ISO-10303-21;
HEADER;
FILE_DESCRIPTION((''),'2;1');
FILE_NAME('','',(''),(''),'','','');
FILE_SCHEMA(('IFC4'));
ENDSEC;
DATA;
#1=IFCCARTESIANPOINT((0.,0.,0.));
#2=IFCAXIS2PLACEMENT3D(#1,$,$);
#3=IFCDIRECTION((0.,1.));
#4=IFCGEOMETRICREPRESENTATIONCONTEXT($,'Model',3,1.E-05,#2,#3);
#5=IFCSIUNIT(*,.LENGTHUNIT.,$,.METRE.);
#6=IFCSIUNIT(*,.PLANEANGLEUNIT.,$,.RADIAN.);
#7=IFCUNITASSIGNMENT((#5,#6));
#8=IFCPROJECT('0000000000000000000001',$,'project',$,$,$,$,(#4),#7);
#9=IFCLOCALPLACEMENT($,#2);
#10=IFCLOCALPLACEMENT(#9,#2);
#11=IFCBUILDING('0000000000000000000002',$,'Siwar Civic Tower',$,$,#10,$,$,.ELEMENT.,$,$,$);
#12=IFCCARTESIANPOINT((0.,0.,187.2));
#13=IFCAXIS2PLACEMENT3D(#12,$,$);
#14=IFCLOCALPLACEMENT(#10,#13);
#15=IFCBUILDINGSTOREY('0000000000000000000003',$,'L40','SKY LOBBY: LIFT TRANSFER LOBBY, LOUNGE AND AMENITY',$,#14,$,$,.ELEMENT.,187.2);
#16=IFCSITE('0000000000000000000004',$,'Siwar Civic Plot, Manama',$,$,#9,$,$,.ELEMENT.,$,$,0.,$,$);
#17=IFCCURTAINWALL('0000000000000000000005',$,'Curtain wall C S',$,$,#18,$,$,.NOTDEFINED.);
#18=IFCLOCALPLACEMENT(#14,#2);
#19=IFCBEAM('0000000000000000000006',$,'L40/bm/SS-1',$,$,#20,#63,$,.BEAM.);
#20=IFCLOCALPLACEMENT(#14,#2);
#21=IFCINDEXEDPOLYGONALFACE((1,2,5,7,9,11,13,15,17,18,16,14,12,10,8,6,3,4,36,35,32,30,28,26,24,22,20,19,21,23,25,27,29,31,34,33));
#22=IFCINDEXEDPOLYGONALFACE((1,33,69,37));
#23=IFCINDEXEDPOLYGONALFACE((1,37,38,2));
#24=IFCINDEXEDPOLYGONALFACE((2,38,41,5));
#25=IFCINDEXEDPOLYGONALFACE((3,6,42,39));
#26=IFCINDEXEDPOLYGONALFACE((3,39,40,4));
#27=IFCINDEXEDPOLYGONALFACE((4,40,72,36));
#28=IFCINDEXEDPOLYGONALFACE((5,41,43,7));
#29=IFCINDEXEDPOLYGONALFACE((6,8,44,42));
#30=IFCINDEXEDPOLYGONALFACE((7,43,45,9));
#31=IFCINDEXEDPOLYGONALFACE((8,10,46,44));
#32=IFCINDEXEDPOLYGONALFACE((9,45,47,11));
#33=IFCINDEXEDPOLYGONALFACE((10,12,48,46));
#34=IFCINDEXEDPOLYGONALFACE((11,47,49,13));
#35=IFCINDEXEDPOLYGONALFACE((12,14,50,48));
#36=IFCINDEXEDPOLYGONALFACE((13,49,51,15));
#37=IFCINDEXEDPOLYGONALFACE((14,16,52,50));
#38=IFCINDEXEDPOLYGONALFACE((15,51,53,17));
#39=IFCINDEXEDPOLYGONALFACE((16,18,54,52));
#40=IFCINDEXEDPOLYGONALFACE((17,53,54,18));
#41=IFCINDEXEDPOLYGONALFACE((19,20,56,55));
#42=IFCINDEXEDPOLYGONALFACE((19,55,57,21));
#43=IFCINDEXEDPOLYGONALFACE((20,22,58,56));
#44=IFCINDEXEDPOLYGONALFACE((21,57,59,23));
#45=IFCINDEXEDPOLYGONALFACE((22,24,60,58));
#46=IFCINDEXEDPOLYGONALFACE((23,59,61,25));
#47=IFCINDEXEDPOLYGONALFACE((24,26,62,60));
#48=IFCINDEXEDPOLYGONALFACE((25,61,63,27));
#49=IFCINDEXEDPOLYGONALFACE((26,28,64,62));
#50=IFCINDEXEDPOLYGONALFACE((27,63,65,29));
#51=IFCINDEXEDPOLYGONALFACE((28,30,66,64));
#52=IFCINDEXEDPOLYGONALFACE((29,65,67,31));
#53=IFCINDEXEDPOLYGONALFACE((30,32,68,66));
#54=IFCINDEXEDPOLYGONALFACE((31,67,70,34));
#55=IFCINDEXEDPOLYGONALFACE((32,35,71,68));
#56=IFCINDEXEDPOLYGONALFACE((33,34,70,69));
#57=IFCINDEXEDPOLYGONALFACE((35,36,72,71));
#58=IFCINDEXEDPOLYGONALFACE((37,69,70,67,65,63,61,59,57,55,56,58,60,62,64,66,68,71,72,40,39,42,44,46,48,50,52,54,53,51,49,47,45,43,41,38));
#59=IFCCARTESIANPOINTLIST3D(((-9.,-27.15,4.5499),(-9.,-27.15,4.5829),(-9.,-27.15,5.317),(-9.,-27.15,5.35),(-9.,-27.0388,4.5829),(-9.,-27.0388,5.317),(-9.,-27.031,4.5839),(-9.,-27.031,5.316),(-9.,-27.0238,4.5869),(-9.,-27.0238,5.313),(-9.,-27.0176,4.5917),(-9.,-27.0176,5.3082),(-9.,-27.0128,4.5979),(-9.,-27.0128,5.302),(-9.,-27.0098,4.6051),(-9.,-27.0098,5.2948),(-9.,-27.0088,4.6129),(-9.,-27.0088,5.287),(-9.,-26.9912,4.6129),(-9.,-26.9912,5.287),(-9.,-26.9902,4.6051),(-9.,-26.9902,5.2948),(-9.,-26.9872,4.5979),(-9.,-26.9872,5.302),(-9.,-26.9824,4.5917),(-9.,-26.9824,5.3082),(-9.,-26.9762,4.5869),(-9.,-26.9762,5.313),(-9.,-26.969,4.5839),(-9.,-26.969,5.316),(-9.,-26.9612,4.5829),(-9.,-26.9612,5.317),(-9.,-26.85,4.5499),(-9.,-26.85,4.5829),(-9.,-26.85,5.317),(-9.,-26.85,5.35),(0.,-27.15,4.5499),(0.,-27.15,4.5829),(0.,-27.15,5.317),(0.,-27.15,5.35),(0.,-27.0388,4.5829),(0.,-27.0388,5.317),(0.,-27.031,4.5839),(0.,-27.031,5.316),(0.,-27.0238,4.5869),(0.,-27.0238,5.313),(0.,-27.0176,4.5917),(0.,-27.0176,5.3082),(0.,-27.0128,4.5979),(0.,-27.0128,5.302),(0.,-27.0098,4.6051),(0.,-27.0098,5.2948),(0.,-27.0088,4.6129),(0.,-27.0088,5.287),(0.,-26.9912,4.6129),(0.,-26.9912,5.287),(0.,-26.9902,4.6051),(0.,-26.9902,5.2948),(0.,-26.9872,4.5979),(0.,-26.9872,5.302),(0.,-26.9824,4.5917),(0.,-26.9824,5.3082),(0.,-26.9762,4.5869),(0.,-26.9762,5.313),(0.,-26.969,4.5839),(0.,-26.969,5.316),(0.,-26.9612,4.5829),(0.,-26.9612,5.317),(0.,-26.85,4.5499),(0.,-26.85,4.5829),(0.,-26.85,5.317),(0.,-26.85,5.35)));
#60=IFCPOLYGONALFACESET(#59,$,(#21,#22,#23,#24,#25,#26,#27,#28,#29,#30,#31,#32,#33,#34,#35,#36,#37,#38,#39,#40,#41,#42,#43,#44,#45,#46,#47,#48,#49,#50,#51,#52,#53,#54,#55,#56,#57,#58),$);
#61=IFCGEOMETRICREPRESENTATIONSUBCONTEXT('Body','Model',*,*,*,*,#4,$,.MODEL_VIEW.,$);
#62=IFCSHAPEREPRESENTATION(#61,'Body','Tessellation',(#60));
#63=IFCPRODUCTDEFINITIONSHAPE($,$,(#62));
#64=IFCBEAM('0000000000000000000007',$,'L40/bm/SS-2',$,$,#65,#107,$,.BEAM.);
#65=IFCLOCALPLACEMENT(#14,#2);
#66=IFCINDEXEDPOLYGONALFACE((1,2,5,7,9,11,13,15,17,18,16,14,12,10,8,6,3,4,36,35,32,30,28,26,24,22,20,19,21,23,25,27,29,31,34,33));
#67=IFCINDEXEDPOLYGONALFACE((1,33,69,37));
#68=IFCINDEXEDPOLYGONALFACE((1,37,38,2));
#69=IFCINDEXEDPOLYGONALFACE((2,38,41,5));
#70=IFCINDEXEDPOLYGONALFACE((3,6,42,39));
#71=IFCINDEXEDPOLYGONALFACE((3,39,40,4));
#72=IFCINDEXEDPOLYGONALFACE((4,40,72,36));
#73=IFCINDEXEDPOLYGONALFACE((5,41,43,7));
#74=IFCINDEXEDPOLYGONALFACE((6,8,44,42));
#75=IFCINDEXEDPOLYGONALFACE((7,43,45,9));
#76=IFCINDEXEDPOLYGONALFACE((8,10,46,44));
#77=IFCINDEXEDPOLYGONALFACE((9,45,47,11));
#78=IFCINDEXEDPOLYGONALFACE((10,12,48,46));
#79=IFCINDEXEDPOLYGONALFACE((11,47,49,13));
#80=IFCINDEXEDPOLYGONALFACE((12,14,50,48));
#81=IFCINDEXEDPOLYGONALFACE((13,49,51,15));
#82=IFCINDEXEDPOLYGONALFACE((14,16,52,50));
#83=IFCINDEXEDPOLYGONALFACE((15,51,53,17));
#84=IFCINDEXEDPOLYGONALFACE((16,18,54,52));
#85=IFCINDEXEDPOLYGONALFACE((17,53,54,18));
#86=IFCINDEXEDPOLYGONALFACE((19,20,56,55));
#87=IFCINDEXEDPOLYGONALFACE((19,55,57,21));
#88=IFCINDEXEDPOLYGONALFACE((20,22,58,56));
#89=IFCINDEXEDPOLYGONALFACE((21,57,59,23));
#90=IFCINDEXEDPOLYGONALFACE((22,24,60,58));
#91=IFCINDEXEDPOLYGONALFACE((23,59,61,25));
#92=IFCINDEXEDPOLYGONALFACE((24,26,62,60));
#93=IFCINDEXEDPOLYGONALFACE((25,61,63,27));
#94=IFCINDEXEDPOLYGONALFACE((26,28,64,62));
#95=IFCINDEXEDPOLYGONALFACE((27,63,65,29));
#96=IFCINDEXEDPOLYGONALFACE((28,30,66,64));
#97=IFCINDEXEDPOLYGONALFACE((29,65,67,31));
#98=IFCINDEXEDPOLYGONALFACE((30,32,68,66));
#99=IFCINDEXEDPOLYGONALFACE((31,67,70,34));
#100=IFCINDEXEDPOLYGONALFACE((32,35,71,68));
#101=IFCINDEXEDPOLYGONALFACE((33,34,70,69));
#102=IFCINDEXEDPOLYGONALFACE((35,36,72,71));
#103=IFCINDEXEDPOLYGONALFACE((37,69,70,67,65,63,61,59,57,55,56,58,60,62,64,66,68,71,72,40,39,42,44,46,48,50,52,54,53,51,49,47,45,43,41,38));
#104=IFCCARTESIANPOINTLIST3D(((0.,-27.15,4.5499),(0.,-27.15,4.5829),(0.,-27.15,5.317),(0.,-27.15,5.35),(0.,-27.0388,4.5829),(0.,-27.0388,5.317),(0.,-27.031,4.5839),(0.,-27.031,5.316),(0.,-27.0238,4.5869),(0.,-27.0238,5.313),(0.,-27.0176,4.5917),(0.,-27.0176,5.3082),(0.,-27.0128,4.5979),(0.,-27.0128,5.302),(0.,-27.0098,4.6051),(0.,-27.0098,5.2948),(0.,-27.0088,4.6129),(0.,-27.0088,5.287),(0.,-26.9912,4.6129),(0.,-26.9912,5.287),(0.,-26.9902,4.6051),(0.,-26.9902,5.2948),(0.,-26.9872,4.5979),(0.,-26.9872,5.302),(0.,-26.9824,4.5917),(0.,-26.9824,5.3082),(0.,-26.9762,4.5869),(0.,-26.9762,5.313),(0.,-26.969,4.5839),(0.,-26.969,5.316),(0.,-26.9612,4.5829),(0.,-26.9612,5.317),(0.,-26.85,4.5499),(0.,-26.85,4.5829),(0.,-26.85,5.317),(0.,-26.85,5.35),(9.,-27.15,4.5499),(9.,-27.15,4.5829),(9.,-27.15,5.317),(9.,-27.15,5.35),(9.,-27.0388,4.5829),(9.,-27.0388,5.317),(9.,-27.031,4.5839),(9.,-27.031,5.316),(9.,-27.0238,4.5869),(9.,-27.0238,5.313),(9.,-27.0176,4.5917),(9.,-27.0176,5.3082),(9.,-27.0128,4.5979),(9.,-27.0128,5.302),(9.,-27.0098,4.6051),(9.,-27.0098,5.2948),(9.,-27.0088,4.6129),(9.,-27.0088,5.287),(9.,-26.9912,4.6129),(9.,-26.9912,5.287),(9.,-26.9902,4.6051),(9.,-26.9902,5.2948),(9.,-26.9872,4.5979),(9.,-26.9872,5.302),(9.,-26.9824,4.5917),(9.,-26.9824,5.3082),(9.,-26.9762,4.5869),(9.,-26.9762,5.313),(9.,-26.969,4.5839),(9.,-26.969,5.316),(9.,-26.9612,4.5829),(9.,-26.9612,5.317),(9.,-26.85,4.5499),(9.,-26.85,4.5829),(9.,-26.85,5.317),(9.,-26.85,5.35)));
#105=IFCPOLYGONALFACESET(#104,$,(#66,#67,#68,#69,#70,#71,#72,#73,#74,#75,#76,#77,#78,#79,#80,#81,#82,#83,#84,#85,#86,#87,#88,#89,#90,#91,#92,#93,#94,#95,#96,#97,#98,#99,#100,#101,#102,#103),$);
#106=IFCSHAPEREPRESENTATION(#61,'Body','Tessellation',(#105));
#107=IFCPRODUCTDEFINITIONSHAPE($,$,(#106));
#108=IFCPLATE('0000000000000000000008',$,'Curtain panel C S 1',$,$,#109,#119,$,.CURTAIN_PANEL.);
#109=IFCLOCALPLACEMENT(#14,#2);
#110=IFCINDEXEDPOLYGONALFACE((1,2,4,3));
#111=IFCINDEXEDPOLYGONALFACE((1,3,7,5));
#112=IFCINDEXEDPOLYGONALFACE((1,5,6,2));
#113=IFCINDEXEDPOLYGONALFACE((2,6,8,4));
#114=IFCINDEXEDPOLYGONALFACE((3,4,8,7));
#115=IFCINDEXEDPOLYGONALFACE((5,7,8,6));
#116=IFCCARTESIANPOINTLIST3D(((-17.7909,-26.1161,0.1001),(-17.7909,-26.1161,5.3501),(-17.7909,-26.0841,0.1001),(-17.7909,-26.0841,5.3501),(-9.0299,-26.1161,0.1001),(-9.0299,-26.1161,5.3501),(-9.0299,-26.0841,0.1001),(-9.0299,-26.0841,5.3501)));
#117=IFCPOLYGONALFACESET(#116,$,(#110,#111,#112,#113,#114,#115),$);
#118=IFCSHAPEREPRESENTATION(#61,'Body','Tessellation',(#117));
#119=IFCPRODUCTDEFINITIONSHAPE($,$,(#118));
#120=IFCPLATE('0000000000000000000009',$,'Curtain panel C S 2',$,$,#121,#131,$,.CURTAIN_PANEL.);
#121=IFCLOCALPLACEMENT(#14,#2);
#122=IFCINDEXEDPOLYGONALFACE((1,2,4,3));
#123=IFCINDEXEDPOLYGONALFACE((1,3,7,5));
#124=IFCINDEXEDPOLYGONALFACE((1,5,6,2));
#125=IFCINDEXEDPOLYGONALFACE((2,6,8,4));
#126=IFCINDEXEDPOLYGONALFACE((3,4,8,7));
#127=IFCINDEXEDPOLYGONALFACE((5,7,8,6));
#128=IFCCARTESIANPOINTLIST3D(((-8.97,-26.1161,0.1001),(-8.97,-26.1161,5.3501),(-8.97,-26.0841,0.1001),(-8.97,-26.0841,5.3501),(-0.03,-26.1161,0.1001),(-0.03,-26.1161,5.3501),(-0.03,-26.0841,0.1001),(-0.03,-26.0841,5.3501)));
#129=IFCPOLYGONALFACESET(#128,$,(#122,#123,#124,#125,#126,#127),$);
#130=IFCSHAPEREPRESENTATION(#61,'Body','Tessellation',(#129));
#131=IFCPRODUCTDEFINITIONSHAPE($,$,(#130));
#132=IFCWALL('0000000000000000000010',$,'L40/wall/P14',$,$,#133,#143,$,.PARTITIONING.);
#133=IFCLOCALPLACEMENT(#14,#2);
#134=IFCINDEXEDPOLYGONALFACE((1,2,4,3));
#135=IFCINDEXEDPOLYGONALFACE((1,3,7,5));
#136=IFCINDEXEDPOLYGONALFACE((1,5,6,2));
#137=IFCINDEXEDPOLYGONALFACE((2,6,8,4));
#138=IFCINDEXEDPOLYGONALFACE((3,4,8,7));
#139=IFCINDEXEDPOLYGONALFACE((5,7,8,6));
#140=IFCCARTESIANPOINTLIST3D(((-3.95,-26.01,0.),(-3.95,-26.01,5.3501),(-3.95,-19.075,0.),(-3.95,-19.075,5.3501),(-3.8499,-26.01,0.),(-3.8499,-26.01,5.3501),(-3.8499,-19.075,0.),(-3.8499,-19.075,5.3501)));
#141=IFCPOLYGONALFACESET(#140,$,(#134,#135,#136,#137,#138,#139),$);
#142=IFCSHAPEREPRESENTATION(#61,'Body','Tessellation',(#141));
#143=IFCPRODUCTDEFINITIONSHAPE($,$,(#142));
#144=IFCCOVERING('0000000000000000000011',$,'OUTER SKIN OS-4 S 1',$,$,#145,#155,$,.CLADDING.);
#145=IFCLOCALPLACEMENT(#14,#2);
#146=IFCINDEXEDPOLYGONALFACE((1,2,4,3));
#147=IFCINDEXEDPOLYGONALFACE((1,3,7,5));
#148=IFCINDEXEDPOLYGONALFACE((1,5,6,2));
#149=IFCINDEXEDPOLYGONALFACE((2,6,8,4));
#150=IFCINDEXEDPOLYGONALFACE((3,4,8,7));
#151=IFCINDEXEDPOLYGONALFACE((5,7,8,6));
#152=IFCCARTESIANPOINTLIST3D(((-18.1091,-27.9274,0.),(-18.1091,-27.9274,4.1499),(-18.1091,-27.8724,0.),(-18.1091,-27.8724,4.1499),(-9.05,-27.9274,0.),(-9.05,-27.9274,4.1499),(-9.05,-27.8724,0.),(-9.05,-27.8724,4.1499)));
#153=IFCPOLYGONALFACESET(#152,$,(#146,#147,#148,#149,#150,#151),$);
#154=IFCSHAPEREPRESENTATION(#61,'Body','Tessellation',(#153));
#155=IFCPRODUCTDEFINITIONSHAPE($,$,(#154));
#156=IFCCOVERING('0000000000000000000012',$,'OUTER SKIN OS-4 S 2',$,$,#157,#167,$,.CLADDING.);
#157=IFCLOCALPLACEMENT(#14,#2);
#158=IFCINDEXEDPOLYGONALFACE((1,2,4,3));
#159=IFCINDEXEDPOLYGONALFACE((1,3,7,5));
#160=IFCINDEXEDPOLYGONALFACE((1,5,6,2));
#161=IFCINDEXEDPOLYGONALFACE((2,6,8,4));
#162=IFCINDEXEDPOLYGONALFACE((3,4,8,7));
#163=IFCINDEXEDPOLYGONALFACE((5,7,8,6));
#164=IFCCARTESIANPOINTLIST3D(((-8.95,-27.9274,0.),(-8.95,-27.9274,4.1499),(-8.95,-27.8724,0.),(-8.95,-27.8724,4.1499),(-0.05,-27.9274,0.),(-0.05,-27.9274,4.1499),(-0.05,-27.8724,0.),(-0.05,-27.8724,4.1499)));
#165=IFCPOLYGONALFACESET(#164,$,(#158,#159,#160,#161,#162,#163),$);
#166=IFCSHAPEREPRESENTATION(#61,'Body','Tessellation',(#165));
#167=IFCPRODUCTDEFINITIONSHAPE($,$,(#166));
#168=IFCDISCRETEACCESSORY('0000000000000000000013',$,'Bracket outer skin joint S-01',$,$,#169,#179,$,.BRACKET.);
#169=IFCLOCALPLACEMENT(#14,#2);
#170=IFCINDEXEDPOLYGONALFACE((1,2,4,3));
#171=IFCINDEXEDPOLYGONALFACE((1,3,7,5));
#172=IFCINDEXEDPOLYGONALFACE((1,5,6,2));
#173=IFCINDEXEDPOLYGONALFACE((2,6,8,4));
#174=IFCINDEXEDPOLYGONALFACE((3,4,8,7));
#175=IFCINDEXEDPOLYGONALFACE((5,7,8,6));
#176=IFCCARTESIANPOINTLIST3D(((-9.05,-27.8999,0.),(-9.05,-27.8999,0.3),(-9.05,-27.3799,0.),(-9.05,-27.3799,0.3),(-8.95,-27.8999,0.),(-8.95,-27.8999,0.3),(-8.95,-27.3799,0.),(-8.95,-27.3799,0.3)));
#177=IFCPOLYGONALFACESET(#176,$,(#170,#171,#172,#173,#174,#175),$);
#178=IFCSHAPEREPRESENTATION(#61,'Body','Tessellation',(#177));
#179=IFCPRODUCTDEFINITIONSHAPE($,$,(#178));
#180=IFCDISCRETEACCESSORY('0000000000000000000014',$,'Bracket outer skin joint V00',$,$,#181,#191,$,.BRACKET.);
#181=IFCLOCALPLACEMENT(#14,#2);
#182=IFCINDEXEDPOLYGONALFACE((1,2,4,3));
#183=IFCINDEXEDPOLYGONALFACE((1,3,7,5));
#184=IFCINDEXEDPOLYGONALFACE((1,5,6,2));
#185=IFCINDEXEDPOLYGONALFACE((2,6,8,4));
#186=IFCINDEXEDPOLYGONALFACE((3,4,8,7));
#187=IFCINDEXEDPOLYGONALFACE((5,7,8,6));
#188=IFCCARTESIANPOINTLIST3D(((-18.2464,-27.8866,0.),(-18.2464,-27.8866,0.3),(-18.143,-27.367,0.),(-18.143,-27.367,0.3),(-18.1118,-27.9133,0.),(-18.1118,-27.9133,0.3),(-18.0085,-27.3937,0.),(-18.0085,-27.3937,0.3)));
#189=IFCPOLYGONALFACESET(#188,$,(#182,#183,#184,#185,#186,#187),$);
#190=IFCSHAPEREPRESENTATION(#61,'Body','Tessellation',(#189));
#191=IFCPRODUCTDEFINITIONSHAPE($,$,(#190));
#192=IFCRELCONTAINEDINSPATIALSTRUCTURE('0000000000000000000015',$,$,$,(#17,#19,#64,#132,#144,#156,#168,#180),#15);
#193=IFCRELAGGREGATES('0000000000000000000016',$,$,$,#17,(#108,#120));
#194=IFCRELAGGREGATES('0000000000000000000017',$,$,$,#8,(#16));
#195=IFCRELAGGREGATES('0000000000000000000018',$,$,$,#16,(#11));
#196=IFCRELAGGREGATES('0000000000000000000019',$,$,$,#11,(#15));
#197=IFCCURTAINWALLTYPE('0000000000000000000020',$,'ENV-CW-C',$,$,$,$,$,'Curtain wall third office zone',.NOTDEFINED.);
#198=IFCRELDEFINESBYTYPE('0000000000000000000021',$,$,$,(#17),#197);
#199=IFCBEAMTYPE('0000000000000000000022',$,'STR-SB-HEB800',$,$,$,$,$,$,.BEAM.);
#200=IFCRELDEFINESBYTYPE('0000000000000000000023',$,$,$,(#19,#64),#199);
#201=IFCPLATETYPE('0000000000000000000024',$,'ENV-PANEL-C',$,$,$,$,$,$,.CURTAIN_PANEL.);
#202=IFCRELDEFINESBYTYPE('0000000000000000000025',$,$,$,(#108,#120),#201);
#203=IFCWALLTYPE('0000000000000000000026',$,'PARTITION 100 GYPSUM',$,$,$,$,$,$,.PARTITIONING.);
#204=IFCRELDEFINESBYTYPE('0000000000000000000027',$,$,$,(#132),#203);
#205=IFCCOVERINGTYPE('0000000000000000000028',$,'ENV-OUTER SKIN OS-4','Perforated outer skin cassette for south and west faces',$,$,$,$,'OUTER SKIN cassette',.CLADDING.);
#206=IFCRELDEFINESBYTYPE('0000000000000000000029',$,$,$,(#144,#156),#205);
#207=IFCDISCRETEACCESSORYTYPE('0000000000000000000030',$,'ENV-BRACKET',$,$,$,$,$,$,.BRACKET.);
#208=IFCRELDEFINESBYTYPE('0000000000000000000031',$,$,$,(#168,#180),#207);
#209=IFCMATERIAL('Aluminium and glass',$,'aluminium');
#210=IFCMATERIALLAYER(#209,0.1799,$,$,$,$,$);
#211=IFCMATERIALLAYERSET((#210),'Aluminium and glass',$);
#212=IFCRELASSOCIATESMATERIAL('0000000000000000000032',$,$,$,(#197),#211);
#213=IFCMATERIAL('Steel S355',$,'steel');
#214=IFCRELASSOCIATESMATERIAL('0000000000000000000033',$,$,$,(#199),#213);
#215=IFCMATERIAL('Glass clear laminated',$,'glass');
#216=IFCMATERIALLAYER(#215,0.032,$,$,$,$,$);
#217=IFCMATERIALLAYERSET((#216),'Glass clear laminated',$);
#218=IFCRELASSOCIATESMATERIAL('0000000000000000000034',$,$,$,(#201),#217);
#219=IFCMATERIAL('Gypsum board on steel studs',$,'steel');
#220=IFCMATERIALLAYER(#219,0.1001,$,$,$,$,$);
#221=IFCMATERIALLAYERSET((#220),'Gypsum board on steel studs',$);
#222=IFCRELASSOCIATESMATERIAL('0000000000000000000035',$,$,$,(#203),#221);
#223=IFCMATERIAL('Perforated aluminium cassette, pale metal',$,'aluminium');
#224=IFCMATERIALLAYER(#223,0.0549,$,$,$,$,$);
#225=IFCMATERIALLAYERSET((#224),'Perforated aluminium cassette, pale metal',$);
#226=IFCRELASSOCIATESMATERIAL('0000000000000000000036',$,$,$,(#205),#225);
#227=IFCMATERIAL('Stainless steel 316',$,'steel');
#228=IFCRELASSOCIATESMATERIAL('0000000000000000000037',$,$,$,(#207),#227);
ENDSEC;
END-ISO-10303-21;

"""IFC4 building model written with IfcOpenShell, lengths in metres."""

from ifc_helpers import new_model, si_unit, direction, frame, frame_2d, origin, origin_2d, place, context, subcontext, project, spatial, rectangle, i_section, extrude, material, layer, layer_set, material_profile, profile_set, type_object, element, aggregate, save


model = new_model("IFC4")

# Units and contexts
model_context = context("Model", 3, precision=1e-05, world=origin(), true_north=direction((0.0, 1.0)))
body_context = subcontext(model_context, "Body", "Model", "MODEL_VIEW")
ifc_project = project(units=[si_unit("LENGTHUNIT", "METRE"), si_unit("PLANEANGLEUNIT", "RADIAN")], contexts=[model_context])

# Site, building, storey
site_placement = place(None, origin())
site = spatial("IfcSite", under=ifc_project, at=site_placement, Name="Siwar Civic Plot, Manama", CompositionType="ELEMENT", RefElevation=0.0)
building_placement = place(site_placement, origin())
building = spatial("IfcBuilding", under=site, at=building_placement, Name="Siwar Civic Tower", CompositionType="ELEMENT")
storey_placement = place(building_placement, frame((0.0, 0.0, 187.2)))
storey = spatial("IfcBuildingStorey", under=building, at=storey_placement, Name="L40", Description="SKY LOBBY: LIFT TRANSFER LOBBY, LOUNGE AND AMENITY", CompositionType="ELEMENT", Elevation=187.2)

# Curtain wall
ifc_material_1 = material(Name="Aluminium and glass", Category="aluminium")
ifc_layer_1 = layer(ifc_material_1, 0.1799)
ifc_layer_set_1 = layer_set([ifc_layer_1], Name="Aluminium and glass")
curtain_wall_type = type_object("IfcCurtainWallType", Name="ENV-CW-C", ElementType="Curtain wall third office zone", PredefinedType="NOTDEFINED", material=ifc_layer_set_1)
curtain_wall_placement = place(storey_placement, origin())
curtain_wall = element("IfcCurtainWall", 1, at=curtain_wall_placement, inside=storey, type_object=curtain_wall_type, Name="Curtain wall C S", PredefinedType="NOTDEFINED")

# Beams
ifc_material_2 = material(Name="Steel S355", Category="steel")
ifc_material_profile_1 = material_profile(ifc_material_2, i_section(OverallWidth=0.3, OverallDepth=0.8, WebThickness=0.0176, FlangeThickness=0.033, FilletRadius=0.03, at=origin_2d()), Name="HEB800")
ifc_profile_set_1 = profile_set([ifc_material_profile_1], Name="Steel S355")
beam_type_1 = type_object("IfcBeamType", Name="STR-SB-HEB800", PredefinedType="BEAM", material=ifc_profile_set_1)
for number, where, z_axis, x_axis, name in (
    (2, (-9.0, -27.0, 4.95), (1.0, 0.0, 0.0), (0.0, 1.0, 0.0), "L40/bm/SS-1"),
    (3, (0.0, -27.0, 4.95), (1.0, 0.0, 0.0), (0.0, 1.0, 0.0), "L40/bm/SS-2"),
):
    element("IfcBeam", number, at=place(storey_placement, frame(where, z_axis=z_axis, x_axis=x_axis)), inside=storey, type_object=beam_type_1, Name=name, PredefinedType="BEAM", context=body_context, shape_type="SweptSolid", body=[
        extrude(i_section(OverallWidth=0.3, OverallDepth=0.8, WebThickness=0.0176, FlangeThickness=0.033, FilletRadius=0.03, at=origin_2d()), origin(), (0.0, 0.0, 1.0), 9.0),
    ])

# Plates
ifc_material_3 = material(Name="Glass clear laminated", Category="glass")
ifc_layer_2 = layer(ifc_material_3, 0.032)
ifc_layer_set_2 = layer_set([ifc_layer_2], Name="Glass clear laminated")
plate_type = type_object("IfcPlateType", Name="ENV-PANEL-C", PredefinedType="CURTAIN_PANEL", material=ifc_layer_set_2)
plate_1_placement = place(storey_placement, frame((-13.4104, -26.1001, 0.1001), z_axis=(0.0, 0.0, 1.0), x_axis=(1.0, 0.0, 0.0)))
plate_1 = element("IfcPlate", 4, at=plate_1_placement, type_object=plate_type, Name="Curtain panel C S 1", PredefinedType="CURTAIN_PANEL", context=body_context, shape_type="SweptSolid", body=[
    extrude(rectangle(XDim=8.761, YDim=0.032, at=origin_2d()), origin(), (0.0, 0.0, 1.0), 5.25),
])
plate_2_placement = place(storey_placement, frame((-4.5, -26.1001, 0.1001), z_axis=(0.0, 0.0, 1.0), x_axis=(1.0, 0.0, 0.0)))
plate_2 = element("IfcPlate", 5, at=plate_2_placement, type_object=plate_type, Name="Curtain panel C S 2", PredefinedType="CURTAIN_PANEL", context=body_context, shape_type="SweptSolid", body=[
    extrude(rectangle(XDim=8.9399, YDim=0.032, at=origin_2d()), origin(), (0.0, 0.0, 1.0), 5.25),
])
aggregate(curtain_wall, [plate_1, plate_2])

# Wall
ifc_material_4 = material(Name="Gypsum board on steel studs", Category="steel")
ifc_layer_3 = layer(ifc_material_4, 0.1001)
ifc_layer_set_3 = layer_set([ifc_layer_3], Name="Gypsum board on steel studs")
wall_type = type_object("IfcWallType", Name="PARTITION 100 GYPSUM", PredefinedType="PARTITIONING", material=ifc_layer_set_3)
wall_placement = place(storey_placement, frame((-3.8999, -26.01, 0.0), z_axis=(0.0, 0.0, 1.0), x_axis=(0.0, 1.0, 0.0)))
element("IfcWall", 6, at=wall_placement, inside=storey, type_object=wall_type, Name="L40/wall/P14", PredefinedType="PARTITIONING", context=body_context, shape_type="SweptSolid", body=[
    extrude(rectangle(XDim=6.9351, YDim=0.1001, at=frame_2d((3.4675, 0.0))), origin(), (0.0, 0.0, 1.0), 5.3501),
])

# Coverings
ifc_material_5 = material(Name="Perforated aluminium cassette, pale metal", Category="aluminium")
ifc_layer_4 = layer(ifc_material_5, 0.0549)
ifc_layer_set_4 = layer_set([ifc_layer_4], Name="Perforated aluminium cassette, pale metal")
covering_type = type_object("IfcCoveringType", Name="ENV-OUTER SKIN OS-4", Description="Perforated outer skin cassette for south and west faces", ElementType="OUTER SKIN cassette", PredefinedType="CLADDING", material=ifc_layer_set_4)
covering_1_placement = place(storey_placement, frame((-13.5796, -27.8999, 0.0), z_axis=(0.0, 0.0, 1.0), x_axis=(1.0, 0.0, 0.0)))
element("IfcCovering", 7, at=covering_1_placement, inside=storey, type_object=covering_type, Name="OUTER SKIN OS-4 S 1", PredefinedType="CLADDING", context=body_context, shape_type="SweptSolid", body=[
    extrude(rectangle(XDim=9.0591, YDim=0.0549, at=origin_2d()), origin(), (0.0, 0.0, 1.0), 4.1499),
])
covering_2_placement = place(storey_placement, frame((-4.5, -27.8999, 0.0), z_axis=(0.0, 0.0, 1.0), x_axis=(1.0, 0.0, 0.0)))
element("IfcCovering", 8, at=covering_2_placement, inside=storey, type_object=covering_type, Name="OUTER SKIN OS-4 S 2", PredefinedType="CLADDING", context=body_context, shape_type="SweptSolid", body=[
    extrude(rectangle(XDim=8.8999, YDim=0.0549, at=origin_2d()), origin(), (0.0, 0.0, 1.0), 4.1499),
])

# Discrete accessories
ifc_material_6 = material(Name="Stainless steel 316", Category="steel")
discrete_accessory_type = type_object("IfcDiscreteAccessoryType", Name="ENV-BRACKET", PredefinedType="BRACKET", material=ifc_material_6)
discrete_accessory_1_placement = place(storey_placement, frame((-9.0, -27.6399, 0.0), z_axis=(0.0, 0.0, 1.0), x_axis=(0.0, -1.0, 0.0)))
element("IfcDiscreteAccessory", 9, at=discrete_accessory_1_placement, inside=storey, type_object=discrete_accessory_type, Name="Bracket outer skin joint S-01", PredefinedType="BRACKET", context=body_context, shape_type="SweptSolid", body=[
    extrude(rectangle(XDim=0.52, YDim=0.1001, at=origin_2d()), origin(), (0.0, 0.0, 1.0), 0.3),
])
discrete_accessory_2_placement = place(storey_placement, frame((-18.1274, -27.6401, 0.0), z_axis=(0.0, 0.0, 1.0), x_axis=(-0.19509, -0.980785, 0.0)))
element("IfcDiscreteAccessory", 10, at=discrete_accessory_2_placement, inside=storey, type_object=discrete_accessory_type, Name="Bracket outer skin joint V00", PredefinedType="BRACKET", context=body_context, shape_type="SweptSolid", body=[
    extrude(rectangle(XDim=0.5298, YDim=0.1372, at=origin_2d()), origin(), (0.0, 0.0, 1.0), 0.3),
])

save(model, "model.ifc")
